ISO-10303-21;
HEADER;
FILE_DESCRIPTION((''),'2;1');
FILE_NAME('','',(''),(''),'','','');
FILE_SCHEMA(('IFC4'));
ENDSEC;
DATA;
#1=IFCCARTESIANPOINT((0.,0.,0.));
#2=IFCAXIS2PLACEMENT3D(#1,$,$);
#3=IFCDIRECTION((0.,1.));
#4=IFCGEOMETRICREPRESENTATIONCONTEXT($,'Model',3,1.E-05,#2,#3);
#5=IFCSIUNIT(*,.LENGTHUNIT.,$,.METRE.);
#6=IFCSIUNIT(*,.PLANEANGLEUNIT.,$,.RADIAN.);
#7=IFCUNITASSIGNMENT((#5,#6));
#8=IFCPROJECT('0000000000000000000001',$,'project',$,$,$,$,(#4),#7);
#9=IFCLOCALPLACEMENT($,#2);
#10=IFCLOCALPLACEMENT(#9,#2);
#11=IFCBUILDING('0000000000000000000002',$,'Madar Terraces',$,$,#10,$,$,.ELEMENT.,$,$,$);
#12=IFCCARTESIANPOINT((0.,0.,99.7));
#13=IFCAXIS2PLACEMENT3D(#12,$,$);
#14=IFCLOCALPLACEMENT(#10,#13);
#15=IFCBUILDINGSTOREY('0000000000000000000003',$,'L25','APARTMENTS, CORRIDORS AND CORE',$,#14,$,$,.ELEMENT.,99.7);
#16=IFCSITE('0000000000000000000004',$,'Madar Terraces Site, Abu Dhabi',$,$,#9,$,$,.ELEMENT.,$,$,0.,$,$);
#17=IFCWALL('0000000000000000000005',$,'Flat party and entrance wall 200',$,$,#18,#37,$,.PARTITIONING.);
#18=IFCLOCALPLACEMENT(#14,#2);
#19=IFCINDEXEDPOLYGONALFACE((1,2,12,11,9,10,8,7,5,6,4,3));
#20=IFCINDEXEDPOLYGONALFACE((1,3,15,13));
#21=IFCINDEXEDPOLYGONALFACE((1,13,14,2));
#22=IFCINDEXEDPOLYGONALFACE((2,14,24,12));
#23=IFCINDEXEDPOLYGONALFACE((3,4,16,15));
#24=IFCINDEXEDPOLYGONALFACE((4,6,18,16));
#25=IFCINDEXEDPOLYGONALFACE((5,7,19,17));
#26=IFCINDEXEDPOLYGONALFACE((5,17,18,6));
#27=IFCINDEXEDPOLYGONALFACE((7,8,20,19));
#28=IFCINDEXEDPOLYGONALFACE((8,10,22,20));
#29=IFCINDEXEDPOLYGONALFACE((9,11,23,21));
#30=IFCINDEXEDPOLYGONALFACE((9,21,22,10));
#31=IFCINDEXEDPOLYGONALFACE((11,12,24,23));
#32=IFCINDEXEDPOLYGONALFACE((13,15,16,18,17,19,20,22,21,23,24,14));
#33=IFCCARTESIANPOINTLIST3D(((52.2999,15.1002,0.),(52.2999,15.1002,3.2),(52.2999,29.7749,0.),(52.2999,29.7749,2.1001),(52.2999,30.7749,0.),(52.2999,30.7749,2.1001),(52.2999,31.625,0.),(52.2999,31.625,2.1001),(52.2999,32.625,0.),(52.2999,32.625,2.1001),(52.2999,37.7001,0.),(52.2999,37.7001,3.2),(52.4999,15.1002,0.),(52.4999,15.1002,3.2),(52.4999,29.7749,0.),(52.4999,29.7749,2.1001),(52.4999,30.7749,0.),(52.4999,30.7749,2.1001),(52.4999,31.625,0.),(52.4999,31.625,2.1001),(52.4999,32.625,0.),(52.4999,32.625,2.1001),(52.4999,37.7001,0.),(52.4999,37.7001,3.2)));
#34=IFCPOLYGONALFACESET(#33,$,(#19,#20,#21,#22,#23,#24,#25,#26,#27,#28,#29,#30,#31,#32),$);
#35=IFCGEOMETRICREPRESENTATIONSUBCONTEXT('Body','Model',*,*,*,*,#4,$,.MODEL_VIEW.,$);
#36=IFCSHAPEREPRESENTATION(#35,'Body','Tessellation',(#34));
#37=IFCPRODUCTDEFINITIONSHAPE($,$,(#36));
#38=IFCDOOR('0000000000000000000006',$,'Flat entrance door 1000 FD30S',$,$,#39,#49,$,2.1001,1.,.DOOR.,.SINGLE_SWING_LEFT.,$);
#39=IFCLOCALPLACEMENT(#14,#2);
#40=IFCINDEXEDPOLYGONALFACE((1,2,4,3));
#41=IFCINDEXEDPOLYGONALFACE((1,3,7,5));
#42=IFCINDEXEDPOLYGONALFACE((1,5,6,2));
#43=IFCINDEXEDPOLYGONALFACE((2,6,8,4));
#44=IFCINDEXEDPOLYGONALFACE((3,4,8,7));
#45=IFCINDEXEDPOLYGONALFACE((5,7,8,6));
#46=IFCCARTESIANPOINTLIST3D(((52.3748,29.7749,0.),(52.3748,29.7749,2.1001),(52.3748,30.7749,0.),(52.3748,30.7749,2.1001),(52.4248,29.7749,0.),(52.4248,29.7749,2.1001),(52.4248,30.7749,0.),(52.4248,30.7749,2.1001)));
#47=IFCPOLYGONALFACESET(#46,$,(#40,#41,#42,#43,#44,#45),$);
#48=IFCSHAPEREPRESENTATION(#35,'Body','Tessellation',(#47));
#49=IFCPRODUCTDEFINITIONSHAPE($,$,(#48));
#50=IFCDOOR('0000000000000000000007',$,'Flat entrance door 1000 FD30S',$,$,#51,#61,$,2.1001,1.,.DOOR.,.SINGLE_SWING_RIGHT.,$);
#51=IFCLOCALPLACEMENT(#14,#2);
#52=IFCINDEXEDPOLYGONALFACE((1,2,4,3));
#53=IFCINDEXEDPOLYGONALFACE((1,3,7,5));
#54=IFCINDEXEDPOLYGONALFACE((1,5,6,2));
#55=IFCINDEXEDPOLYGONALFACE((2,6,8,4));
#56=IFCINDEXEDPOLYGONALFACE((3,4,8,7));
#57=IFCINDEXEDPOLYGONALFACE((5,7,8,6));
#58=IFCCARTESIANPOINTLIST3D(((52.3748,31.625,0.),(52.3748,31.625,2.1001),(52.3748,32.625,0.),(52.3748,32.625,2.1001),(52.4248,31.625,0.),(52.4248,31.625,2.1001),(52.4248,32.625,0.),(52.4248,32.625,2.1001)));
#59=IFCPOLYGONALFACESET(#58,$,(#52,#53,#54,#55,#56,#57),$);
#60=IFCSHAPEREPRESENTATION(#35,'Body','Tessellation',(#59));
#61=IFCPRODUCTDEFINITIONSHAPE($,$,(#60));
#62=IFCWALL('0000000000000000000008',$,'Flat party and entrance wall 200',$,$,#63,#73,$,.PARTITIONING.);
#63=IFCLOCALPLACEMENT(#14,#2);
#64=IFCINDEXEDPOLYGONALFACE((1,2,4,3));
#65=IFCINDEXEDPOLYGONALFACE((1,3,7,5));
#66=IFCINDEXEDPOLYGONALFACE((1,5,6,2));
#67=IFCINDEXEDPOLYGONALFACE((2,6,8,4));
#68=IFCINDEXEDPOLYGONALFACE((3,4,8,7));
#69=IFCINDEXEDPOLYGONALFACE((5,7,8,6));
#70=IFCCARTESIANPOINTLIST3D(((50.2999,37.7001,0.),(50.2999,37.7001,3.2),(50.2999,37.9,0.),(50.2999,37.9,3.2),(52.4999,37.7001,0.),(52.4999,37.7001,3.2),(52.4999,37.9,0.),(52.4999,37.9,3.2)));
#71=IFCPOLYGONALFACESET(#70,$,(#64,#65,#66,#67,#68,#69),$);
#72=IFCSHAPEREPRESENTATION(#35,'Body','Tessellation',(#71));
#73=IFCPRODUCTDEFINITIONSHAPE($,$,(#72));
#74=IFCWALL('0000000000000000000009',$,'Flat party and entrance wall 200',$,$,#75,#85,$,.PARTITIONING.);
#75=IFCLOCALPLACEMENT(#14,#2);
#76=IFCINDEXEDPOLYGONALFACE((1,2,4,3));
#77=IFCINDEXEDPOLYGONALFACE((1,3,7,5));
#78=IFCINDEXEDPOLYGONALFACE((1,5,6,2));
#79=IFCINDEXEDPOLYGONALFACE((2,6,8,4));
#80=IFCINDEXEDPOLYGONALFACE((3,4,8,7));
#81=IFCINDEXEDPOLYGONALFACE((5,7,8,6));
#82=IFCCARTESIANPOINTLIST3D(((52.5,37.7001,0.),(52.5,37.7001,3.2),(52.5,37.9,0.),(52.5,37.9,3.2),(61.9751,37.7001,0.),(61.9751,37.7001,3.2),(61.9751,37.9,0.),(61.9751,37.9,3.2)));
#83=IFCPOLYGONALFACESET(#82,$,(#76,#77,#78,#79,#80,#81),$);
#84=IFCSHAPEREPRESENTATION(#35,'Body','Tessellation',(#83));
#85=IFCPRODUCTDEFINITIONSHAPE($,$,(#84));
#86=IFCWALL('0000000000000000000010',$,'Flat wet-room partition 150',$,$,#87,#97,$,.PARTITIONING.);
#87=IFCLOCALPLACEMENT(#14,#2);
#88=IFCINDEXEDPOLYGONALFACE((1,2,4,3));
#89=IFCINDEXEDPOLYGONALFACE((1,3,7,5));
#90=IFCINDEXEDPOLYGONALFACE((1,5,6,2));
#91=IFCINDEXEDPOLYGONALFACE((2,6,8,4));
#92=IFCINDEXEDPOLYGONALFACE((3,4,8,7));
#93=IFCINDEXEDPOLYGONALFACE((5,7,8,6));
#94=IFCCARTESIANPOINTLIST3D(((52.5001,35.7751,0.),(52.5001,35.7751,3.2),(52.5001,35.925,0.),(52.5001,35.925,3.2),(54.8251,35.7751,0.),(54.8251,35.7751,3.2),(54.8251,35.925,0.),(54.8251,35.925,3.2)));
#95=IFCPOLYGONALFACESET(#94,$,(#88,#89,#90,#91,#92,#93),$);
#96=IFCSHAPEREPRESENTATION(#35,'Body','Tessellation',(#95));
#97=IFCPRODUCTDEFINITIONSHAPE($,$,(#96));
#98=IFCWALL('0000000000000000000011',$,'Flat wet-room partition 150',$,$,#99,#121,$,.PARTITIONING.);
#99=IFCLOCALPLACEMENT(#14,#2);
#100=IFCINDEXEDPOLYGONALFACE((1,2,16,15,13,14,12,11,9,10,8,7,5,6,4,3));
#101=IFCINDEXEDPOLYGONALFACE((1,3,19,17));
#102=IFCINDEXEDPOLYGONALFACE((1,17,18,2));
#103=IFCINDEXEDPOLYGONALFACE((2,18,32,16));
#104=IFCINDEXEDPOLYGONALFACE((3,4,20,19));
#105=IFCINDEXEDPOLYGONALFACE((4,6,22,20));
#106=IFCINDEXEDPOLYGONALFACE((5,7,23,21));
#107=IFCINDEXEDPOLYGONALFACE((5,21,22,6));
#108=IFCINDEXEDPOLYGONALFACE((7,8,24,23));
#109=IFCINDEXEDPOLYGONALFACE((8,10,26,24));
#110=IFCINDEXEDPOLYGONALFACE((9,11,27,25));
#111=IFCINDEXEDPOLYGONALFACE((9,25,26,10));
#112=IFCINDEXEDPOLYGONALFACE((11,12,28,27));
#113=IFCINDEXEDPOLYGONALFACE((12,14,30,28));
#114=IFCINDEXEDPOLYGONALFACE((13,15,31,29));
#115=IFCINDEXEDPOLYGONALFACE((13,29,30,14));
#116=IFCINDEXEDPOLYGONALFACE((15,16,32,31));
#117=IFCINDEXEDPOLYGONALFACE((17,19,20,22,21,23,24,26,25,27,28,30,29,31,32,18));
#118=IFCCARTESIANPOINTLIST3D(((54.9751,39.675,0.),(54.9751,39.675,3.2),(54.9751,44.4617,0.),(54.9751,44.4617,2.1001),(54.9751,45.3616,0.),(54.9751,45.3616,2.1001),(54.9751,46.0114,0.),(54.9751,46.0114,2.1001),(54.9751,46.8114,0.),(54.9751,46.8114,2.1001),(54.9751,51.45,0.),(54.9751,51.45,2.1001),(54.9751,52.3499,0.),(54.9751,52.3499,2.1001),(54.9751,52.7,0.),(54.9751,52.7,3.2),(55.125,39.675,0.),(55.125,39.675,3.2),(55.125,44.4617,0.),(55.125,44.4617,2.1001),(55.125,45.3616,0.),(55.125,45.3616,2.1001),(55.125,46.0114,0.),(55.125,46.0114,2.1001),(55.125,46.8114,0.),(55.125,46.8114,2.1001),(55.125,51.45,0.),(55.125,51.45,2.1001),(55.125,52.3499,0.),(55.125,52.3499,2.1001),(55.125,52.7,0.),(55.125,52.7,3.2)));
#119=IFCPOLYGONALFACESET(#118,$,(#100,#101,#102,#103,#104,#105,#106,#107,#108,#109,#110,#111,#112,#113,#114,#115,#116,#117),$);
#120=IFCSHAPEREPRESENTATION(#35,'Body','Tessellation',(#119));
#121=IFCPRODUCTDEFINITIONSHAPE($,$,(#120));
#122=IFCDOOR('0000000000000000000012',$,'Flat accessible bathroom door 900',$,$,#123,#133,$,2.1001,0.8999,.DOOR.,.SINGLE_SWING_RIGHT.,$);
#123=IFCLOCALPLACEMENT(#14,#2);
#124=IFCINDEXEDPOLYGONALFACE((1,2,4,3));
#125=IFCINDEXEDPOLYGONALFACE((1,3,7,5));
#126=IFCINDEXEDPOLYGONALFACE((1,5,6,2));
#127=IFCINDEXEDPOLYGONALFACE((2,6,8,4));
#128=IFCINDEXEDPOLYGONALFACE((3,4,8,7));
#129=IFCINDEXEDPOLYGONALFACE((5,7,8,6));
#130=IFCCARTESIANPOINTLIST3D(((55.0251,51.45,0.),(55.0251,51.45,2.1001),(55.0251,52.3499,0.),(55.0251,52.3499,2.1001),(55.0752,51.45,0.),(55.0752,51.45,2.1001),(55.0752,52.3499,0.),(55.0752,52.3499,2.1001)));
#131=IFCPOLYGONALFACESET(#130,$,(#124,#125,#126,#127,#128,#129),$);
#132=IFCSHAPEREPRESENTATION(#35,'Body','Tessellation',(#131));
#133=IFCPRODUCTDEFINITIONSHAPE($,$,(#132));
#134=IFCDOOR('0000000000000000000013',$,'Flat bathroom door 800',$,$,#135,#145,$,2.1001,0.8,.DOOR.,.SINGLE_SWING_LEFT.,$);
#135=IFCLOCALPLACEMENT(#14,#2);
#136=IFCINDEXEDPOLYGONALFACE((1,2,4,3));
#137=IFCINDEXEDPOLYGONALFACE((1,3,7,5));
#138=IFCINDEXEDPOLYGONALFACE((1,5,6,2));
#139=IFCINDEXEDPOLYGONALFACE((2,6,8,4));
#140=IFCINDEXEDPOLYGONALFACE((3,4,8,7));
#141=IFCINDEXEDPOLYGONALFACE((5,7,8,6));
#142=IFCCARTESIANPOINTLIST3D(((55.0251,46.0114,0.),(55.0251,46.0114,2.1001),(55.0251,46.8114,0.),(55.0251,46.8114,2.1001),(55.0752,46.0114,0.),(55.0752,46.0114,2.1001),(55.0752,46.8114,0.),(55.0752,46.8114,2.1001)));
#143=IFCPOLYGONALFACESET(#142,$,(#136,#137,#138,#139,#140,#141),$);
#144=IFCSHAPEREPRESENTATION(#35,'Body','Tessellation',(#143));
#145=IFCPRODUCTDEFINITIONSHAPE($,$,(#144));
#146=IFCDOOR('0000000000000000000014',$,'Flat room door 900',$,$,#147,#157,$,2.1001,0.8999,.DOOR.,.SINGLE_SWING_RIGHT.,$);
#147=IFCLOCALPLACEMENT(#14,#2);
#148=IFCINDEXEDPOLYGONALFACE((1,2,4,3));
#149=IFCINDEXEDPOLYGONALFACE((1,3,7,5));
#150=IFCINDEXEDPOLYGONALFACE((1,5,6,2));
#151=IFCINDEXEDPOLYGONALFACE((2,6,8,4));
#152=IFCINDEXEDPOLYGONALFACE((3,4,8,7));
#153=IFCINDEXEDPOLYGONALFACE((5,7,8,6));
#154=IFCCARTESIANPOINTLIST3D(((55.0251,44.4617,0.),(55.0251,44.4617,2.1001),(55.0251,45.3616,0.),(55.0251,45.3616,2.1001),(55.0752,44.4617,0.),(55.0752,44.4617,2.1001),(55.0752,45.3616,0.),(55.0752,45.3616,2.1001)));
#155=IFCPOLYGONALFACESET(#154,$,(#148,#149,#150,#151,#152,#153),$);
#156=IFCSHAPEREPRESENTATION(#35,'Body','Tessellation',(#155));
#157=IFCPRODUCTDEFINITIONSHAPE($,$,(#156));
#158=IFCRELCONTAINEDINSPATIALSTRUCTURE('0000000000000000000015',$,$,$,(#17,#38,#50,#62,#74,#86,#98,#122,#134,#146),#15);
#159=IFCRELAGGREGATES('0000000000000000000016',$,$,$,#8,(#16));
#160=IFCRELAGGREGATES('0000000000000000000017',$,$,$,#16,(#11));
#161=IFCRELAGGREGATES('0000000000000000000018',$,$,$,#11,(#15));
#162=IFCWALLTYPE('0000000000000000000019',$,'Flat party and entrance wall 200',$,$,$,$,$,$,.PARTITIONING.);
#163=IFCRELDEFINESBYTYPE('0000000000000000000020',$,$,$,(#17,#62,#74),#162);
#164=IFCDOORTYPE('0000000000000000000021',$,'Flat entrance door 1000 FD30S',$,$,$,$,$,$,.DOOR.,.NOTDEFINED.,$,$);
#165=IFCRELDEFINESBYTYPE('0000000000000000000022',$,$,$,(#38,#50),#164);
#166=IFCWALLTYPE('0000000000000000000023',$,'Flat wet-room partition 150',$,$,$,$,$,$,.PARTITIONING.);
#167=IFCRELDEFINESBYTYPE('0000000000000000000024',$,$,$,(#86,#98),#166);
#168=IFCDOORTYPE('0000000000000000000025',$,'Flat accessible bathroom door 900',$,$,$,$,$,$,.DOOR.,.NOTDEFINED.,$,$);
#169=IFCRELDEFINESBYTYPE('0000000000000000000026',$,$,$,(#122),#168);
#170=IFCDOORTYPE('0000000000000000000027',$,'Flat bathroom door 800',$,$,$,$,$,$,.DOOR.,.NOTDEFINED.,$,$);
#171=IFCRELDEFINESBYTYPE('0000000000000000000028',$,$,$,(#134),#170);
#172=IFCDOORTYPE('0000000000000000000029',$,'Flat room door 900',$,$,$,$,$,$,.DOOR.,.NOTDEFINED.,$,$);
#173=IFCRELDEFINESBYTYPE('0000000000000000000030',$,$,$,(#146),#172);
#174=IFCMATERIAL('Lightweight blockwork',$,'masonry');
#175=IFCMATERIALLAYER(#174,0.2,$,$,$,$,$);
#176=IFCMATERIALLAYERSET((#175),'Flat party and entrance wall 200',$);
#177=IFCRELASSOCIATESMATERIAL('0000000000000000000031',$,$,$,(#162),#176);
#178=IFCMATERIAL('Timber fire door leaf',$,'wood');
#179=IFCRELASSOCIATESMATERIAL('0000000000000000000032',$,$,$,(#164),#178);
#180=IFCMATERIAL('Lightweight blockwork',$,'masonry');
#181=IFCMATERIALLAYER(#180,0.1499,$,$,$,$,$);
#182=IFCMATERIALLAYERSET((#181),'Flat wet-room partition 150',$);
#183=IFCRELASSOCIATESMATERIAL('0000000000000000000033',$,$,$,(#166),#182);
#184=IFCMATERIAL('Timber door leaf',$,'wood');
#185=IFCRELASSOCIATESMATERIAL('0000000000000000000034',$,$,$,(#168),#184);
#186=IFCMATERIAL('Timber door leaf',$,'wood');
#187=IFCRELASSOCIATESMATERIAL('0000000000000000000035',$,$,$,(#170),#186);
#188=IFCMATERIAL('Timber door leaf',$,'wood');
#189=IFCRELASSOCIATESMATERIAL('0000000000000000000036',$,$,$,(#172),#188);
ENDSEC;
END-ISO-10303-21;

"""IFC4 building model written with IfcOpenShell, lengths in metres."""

from ifc_helpers import new_model, si_unit, direction, frame, frame_2d, origin, place, context, subcontext, project, spatial, rectangle, extrude, material, layer, layer_set, type_object, element, fill, save


model = new_model("IFC4")

# Units and contexts
model_context = context("Model", 3, precision=1e-05, world=origin(), true_north=direction((0.0, 1.0)))
body_context = subcontext(model_context, "Body", "Model", "MODEL_VIEW")
ifc_project = project(units=[si_unit("LENGTHUNIT", "METRE"), si_unit("PLANEANGLEUNIT", "RADIAN")], contexts=[model_context])

# Site, building, storey
site_placement = place(None, origin())
site = spatial("IfcSite", under=ifc_project, at=site_placement, Name="Madar Terraces Site, Abu Dhabi", CompositionType="ELEMENT", RefElevation=0.0)
building_placement = place(site_placement, origin())
building = spatial("IfcBuilding", under=site, at=building_placement, Name="Madar Terraces", CompositionType="ELEMENT")
storey_placement = place(building_placement, frame((0.0, 0.0, 99.7)))
storey = spatial("IfcBuildingStorey", under=building, at=storey_placement, Name="L25", Description="APARTMENTS, CORRIDORS AND CORE", CompositionType="ELEMENT", Elevation=99.7)

# Wall, openings, doors
ifc_material_1 = material(Name="Lightweight blockwork", Category="masonry")
ifc_layer_1 = layer(ifc_material_1, 0.2)
ifc_layer_set_1 = layer_set([ifc_layer_1], Name="Flat party and entrance wall 200")
wall_type_1 = type_object("IfcWallType", Name="Flat party and entrance wall 200", PredefinedType="PARTITIONING", material=ifc_layer_set_1)
wall_1_placement = place(storey_placement, frame((52.3999, 37.7, 0.0), z_axis=(0.0, 0.0, 1.0), x_axis=(0.0, -1.0, 0.0)))
wall_1 = element("IfcWall", 1, at=wall_1_placement, inside=storey, type_object=wall_type_1, Name="Flat party and entrance wall 200", PredefinedType="PARTITIONING", context=body_context, shape_type="SweptSolid", body=[
    extrude(rectangle(XDim=22.5999, YDim=0.2, at=frame_2d((11.2998, 0.0))), origin(), (0.0, 0.0, 1.0), 3.2),
])
opening_1_placement = place(wall_1_placement, frame((6.925, 0.0, 0.0)))
opening_1 = element("IfcOpeningElement", 2, at=opening_1_placement, cuts=wall_1, PredefinedType="OPENING", context=body_context, shape_type="SweptSolid", body=[
    extrude(rectangle(XDim=1.0, YDim=2.1001, at=frame_2d((0.5, 1.05))), frame((0.0, 0.1099, 0.0), z_axis=(0.0, -1.0, 0.0), x_axis=(1.0, 0.0, 0.0)), (0.0, 0.0, 1.0), 0.22),
])
opening_2_placement = place(wall_1_placement, frame((5.075, 0.0, 0.0)))
opening_2 = element("IfcOpeningElement", 3, at=opening_2_placement, cuts=wall_1, PredefinedType="OPENING", context=body_context, shape_type="SweptSolid", body=[
    extrude(rectangle(XDim=1.0, YDim=2.1001, at=frame_2d((0.5, 1.05))), frame((0.0, 0.1099, 0.0), z_axis=(0.0, -1.0, 0.0), x_axis=(1.0, 0.0, 0.0)), (0.0, 0.0, 1.0), 0.22),
])
ifc_material_2 = material(Name="Timber fire door leaf", Category="wood")
door_type_1 = type_object("IfcDoorType", Name="Flat entrance door 1000 FD30S", OperationType="NOTDEFINED", PredefinedType="DOOR", material=ifc_material_2)
door_1_placement = place(opening_1_placement, origin())
door_1 = element("IfcDoor", 4, at=door_1_placement, inside=storey, type_object=door_type_1, Name="Flat entrance door 1000 FD30S", OperationType="SINGLE_SWING_LEFT", OverallHeight=2.1001, OverallWidth=1.0, PredefinedType="DOOR", context=body_context, shape_type="SweptSolid", body=[
    extrude(rectangle(XDim=1.0, YDim=2.1001, at=frame_2d((0.5, 1.05))), frame((0.0, 0.0249, 0.0), z_axis=(0.0, -1.0, 0.0), x_axis=(1.0, 0.0, 0.0)), (0.0, 0.0, 1.0), 0.05),
])
fill(opening_1, door_1)
door_2_placement = place(opening_2_placement, origin())
door_2 = element("IfcDoor", 5, at=door_2_placement, inside=storey, type_object=door_type_1, Name="Flat entrance door 1000 FD30S", OperationType="SINGLE_SWING_RIGHT", OverallHeight=2.1001, OverallWidth=1.0, PredefinedType="DOOR", context=body_context, shape_type="SweptSolid", body=[
    extrude(rectangle(XDim=1.0, YDim=2.1001, at=frame_2d((0.5, 1.05))), frame((0.0, 0.0249, 0.0), z_axis=(0.0, -1.0, 0.0), x_axis=(1.0, 0.0, 0.0)), (0.0, 0.0, 1.0), 0.05),
])
fill(opening_2, door_2)

# Walls
wall_2_placement = place(storey_placement, frame((52.5, 37.8, 0.0), z_axis=(0.0, 0.0, 1.0), x_axis=(-1.0, 0.0, 0.0)))
element("IfcWall", 6, at=wall_2_placement, inside=storey, type_object=wall_type_1, Name="Flat party and entrance wall 200", PredefinedType="PARTITIONING", context=body_context, shape_type="SweptSolid", body=[
    extrude(rectangle(XDim=2.2, YDim=0.2, at=frame_2d((1.1001, 0.0))), origin(), (0.0, 0.0, 1.0), 3.2),
])
wall_3_placement = place(storey_placement, frame((52.5, 37.8, 0.0), z_axis=(0.0, 0.0, 1.0), x_axis=(1.0, 0.0, 0.0)))
element("IfcWall", 7, at=wall_3_placement, inside=storey, type_object=wall_type_1, Name="Flat party and entrance wall 200", PredefinedType="PARTITIONING", context=body_context, shape_type="SweptSolid", body=[
    extrude(rectangle(XDim=9.4751, YDim=0.2, at=frame_2d((4.7375, 0.0))), origin(), (0.0, 0.0, 1.0), 3.2),
])
ifc_material_3 = material(Name="Lightweight blockwork", Category="masonry")
ifc_layer_2 = layer(ifc_material_3, 0.1499)
ifc_layer_set_2 = layer_set([ifc_layer_2], Name="Flat wet-room partition 150")
wall_type_2 = type_object("IfcWallType", Name="Flat wet-room partition 150", PredefinedType="PARTITIONING", material=ifc_layer_set_2)
wall_4_placement = place(storey_placement, frame((52.5, 35.8501, 0.0), z_axis=(0.0, 0.0, 1.0), x_axis=(1.0, 0.0, 0.0)))
element("IfcWall", 8, at=wall_4_placement, inside=storey, type_object=wall_type_2, Name="Flat wet-room partition 150", PredefinedType="PARTITIONING", context=body_context, shape_type="SweptSolid", body=[
    extrude(rectangle(XDim=2.325, YDim=0.1499, at=frame_2d((1.1626, 0.0))), origin(), (0.0, 0.0, 1.0), 3.2),
])

# Wall, openings, doors
wall_5_placement = place(storey_placement, frame((55.05, 39.675, 0.0), z_axis=(0.0, 0.0, 1.0), x_axis=(0.0, 1.0, 0.0)))
wall_5 = element("IfcWall", 9, at=wall_5_placement, inside=storey, type_object=wall_type_2, Name="Flat wet-room partition 150", PredefinedType="PARTITIONING", context=body_context, shape_type="SweptSolid", body=[
    extrude(rectangle(XDim=13.0249, YDim=0.1499, at=frame_2d((6.5125, 0.0))), origin(), (0.0, 0.0, 1.0), 3.2),
])
opening_3_placement = place(wall_5_placement, frame((4.7866, 0.0, 0.0)))
opening_3 = element("IfcOpeningElement", 10, at=opening_3_placement, cuts=wall_5, PredefinedType="OPENING", context=body_context, shape_type="SweptSolid", body=[
    extrude(rectangle(XDim=0.8999, YDim=2.1001, at=frame_2d((0.45, 1.05))), frame((0.0, 0.085, 0.0), z_axis=(0.0, -1.0, 0.0), x_axis=(1.0, 0.0, 0.0)), (0.0, 0.0, 1.0), 0.1699),
])
opening_4_placement = place(wall_5_placement, frame((6.3364, 0.0, 0.0)))
opening_4 = element("IfcOpeningElement", 11, at=opening_4_placement, cuts=wall_5, PredefinedType="OPENING", context=body_context, shape_type="SweptSolid", body=[
    extrude(rectangle(XDim=0.8, YDim=2.1001, at=frame_2d((0.3999, 1.05))), frame((0.0, 0.085, 0.0), z_axis=(0.0, -1.0, 0.0), x_axis=(1.0, 0.0, 0.0)), (0.0, 0.0, 1.0), 0.1699),
])
opening_5_placement = place(wall_5_placement, frame((11.7749, 0.0, 0.0)))
opening_5 = element("IfcOpeningElement", 12, at=opening_5_placement, cuts=wall_5, PredefinedType="OPENING", context=body_context, shape_type="SweptSolid", body=[
    extrude(rectangle(XDim=0.8999, YDim=2.1001, at=frame_2d((0.45, 1.05))), frame((0.0, 0.085, 0.0), z_axis=(0.0, -1.0, 0.0), x_axis=(1.0, 0.0, 0.0)), (0.0, 0.0, 1.0), 0.1699),
])
ifc_material_4 = material(Name="Timber door leaf", Category="wood")
door_type_2 = type_object("IfcDoorType", Name="Flat accessible bathroom door 900", OperationType="NOTDEFINED", PredefinedType="DOOR", material=ifc_material_4)
door_3_placement = place(opening_5_placement, origin())
door_3 = element("IfcDoor", 13, at=door_3_placement, inside=storey, type_object=door_type_2, Name="Flat accessible bathroom door 900", OperationType="SINGLE_SWING_RIGHT", OverallHeight=2.1001, OverallWidth=0.8999, PredefinedType="DOOR", context=body_context, shape_type="SweptSolid", body=[
    extrude(rectangle(XDim=0.8999, YDim=2.1001, at=frame_2d((0.45, 1.05))), frame((0.0, 0.0249, 0.0), z_axis=(0.0, -1.0, 0.0), x_axis=(1.0, 0.0, 0.0)), (0.0, 0.0, 1.0), 0.05),
])
fill(opening_5, door_3)
ifc_material_5 = material(Name="Timber door leaf", Category="wood")
door_type_3 = type_object("IfcDoorType", Name="Flat bathroom door 800", OperationType="NOTDEFINED", PredefinedType="DOOR", material=ifc_material_5)
door_4_placement = place(opening_4_placement, origin())
door_4 = element("IfcDoor", 14, at=door_4_placement, inside=storey, type_object=door_type_3, Name="Flat bathroom door 800", OperationType="SINGLE_SWING_LEFT", OverallHeight=2.1001, OverallWidth=0.8, PredefinedType="DOOR", context=body_context, shape_type="SweptSolid", body=[
    extrude(rectangle(XDim=0.8, YDim=2.1001, at=frame_2d((0.3999, 1.05))), frame((0.0, 0.0249, 0.0), z_axis=(0.0, -1.0, 0.0), x_axis=(1.0, 0.0, 0.0)), (0.0, 0.0, 1.0), 0.05),
])
fill(opening_4, door_4)
ifc_material_6 = material(Name="Timber door leaf", Category="wood")
door_type_4 = type_object("IfcDoorType", Name="Flat room door 900", OperationType="NOTDEFINED", PredefinedType="DOOR", material=ifc_material_6)
door_5_placement = place(opening_3_placement, origin())
door_5 = element("IfcDoor", 15, at=door_5_placement, inside=storey, type_object=door_type_4, Name="Flat room door 900", OperationType="SINGLE_SWING_RIGHT", OverallHeight=2.1001, OverallWidth=0.8999, PredefinedType="DOOR", context=body_context, shape_type="SweptSolid", body=[
    extrude(rectangle(XDim=0.8999, YDim=2.1001, at=frame_2d((0.45, 1.05))), frame((0.0, 0.0249, 0.0), z_axis=(0.0, -1.0, 0.0), x_axis=(1.0, 0.0, 0.0)), (0.0, 0.0, 1.0), 0.05),
])
fill(opening_3, door_5)

save(model, "model.ifc")
